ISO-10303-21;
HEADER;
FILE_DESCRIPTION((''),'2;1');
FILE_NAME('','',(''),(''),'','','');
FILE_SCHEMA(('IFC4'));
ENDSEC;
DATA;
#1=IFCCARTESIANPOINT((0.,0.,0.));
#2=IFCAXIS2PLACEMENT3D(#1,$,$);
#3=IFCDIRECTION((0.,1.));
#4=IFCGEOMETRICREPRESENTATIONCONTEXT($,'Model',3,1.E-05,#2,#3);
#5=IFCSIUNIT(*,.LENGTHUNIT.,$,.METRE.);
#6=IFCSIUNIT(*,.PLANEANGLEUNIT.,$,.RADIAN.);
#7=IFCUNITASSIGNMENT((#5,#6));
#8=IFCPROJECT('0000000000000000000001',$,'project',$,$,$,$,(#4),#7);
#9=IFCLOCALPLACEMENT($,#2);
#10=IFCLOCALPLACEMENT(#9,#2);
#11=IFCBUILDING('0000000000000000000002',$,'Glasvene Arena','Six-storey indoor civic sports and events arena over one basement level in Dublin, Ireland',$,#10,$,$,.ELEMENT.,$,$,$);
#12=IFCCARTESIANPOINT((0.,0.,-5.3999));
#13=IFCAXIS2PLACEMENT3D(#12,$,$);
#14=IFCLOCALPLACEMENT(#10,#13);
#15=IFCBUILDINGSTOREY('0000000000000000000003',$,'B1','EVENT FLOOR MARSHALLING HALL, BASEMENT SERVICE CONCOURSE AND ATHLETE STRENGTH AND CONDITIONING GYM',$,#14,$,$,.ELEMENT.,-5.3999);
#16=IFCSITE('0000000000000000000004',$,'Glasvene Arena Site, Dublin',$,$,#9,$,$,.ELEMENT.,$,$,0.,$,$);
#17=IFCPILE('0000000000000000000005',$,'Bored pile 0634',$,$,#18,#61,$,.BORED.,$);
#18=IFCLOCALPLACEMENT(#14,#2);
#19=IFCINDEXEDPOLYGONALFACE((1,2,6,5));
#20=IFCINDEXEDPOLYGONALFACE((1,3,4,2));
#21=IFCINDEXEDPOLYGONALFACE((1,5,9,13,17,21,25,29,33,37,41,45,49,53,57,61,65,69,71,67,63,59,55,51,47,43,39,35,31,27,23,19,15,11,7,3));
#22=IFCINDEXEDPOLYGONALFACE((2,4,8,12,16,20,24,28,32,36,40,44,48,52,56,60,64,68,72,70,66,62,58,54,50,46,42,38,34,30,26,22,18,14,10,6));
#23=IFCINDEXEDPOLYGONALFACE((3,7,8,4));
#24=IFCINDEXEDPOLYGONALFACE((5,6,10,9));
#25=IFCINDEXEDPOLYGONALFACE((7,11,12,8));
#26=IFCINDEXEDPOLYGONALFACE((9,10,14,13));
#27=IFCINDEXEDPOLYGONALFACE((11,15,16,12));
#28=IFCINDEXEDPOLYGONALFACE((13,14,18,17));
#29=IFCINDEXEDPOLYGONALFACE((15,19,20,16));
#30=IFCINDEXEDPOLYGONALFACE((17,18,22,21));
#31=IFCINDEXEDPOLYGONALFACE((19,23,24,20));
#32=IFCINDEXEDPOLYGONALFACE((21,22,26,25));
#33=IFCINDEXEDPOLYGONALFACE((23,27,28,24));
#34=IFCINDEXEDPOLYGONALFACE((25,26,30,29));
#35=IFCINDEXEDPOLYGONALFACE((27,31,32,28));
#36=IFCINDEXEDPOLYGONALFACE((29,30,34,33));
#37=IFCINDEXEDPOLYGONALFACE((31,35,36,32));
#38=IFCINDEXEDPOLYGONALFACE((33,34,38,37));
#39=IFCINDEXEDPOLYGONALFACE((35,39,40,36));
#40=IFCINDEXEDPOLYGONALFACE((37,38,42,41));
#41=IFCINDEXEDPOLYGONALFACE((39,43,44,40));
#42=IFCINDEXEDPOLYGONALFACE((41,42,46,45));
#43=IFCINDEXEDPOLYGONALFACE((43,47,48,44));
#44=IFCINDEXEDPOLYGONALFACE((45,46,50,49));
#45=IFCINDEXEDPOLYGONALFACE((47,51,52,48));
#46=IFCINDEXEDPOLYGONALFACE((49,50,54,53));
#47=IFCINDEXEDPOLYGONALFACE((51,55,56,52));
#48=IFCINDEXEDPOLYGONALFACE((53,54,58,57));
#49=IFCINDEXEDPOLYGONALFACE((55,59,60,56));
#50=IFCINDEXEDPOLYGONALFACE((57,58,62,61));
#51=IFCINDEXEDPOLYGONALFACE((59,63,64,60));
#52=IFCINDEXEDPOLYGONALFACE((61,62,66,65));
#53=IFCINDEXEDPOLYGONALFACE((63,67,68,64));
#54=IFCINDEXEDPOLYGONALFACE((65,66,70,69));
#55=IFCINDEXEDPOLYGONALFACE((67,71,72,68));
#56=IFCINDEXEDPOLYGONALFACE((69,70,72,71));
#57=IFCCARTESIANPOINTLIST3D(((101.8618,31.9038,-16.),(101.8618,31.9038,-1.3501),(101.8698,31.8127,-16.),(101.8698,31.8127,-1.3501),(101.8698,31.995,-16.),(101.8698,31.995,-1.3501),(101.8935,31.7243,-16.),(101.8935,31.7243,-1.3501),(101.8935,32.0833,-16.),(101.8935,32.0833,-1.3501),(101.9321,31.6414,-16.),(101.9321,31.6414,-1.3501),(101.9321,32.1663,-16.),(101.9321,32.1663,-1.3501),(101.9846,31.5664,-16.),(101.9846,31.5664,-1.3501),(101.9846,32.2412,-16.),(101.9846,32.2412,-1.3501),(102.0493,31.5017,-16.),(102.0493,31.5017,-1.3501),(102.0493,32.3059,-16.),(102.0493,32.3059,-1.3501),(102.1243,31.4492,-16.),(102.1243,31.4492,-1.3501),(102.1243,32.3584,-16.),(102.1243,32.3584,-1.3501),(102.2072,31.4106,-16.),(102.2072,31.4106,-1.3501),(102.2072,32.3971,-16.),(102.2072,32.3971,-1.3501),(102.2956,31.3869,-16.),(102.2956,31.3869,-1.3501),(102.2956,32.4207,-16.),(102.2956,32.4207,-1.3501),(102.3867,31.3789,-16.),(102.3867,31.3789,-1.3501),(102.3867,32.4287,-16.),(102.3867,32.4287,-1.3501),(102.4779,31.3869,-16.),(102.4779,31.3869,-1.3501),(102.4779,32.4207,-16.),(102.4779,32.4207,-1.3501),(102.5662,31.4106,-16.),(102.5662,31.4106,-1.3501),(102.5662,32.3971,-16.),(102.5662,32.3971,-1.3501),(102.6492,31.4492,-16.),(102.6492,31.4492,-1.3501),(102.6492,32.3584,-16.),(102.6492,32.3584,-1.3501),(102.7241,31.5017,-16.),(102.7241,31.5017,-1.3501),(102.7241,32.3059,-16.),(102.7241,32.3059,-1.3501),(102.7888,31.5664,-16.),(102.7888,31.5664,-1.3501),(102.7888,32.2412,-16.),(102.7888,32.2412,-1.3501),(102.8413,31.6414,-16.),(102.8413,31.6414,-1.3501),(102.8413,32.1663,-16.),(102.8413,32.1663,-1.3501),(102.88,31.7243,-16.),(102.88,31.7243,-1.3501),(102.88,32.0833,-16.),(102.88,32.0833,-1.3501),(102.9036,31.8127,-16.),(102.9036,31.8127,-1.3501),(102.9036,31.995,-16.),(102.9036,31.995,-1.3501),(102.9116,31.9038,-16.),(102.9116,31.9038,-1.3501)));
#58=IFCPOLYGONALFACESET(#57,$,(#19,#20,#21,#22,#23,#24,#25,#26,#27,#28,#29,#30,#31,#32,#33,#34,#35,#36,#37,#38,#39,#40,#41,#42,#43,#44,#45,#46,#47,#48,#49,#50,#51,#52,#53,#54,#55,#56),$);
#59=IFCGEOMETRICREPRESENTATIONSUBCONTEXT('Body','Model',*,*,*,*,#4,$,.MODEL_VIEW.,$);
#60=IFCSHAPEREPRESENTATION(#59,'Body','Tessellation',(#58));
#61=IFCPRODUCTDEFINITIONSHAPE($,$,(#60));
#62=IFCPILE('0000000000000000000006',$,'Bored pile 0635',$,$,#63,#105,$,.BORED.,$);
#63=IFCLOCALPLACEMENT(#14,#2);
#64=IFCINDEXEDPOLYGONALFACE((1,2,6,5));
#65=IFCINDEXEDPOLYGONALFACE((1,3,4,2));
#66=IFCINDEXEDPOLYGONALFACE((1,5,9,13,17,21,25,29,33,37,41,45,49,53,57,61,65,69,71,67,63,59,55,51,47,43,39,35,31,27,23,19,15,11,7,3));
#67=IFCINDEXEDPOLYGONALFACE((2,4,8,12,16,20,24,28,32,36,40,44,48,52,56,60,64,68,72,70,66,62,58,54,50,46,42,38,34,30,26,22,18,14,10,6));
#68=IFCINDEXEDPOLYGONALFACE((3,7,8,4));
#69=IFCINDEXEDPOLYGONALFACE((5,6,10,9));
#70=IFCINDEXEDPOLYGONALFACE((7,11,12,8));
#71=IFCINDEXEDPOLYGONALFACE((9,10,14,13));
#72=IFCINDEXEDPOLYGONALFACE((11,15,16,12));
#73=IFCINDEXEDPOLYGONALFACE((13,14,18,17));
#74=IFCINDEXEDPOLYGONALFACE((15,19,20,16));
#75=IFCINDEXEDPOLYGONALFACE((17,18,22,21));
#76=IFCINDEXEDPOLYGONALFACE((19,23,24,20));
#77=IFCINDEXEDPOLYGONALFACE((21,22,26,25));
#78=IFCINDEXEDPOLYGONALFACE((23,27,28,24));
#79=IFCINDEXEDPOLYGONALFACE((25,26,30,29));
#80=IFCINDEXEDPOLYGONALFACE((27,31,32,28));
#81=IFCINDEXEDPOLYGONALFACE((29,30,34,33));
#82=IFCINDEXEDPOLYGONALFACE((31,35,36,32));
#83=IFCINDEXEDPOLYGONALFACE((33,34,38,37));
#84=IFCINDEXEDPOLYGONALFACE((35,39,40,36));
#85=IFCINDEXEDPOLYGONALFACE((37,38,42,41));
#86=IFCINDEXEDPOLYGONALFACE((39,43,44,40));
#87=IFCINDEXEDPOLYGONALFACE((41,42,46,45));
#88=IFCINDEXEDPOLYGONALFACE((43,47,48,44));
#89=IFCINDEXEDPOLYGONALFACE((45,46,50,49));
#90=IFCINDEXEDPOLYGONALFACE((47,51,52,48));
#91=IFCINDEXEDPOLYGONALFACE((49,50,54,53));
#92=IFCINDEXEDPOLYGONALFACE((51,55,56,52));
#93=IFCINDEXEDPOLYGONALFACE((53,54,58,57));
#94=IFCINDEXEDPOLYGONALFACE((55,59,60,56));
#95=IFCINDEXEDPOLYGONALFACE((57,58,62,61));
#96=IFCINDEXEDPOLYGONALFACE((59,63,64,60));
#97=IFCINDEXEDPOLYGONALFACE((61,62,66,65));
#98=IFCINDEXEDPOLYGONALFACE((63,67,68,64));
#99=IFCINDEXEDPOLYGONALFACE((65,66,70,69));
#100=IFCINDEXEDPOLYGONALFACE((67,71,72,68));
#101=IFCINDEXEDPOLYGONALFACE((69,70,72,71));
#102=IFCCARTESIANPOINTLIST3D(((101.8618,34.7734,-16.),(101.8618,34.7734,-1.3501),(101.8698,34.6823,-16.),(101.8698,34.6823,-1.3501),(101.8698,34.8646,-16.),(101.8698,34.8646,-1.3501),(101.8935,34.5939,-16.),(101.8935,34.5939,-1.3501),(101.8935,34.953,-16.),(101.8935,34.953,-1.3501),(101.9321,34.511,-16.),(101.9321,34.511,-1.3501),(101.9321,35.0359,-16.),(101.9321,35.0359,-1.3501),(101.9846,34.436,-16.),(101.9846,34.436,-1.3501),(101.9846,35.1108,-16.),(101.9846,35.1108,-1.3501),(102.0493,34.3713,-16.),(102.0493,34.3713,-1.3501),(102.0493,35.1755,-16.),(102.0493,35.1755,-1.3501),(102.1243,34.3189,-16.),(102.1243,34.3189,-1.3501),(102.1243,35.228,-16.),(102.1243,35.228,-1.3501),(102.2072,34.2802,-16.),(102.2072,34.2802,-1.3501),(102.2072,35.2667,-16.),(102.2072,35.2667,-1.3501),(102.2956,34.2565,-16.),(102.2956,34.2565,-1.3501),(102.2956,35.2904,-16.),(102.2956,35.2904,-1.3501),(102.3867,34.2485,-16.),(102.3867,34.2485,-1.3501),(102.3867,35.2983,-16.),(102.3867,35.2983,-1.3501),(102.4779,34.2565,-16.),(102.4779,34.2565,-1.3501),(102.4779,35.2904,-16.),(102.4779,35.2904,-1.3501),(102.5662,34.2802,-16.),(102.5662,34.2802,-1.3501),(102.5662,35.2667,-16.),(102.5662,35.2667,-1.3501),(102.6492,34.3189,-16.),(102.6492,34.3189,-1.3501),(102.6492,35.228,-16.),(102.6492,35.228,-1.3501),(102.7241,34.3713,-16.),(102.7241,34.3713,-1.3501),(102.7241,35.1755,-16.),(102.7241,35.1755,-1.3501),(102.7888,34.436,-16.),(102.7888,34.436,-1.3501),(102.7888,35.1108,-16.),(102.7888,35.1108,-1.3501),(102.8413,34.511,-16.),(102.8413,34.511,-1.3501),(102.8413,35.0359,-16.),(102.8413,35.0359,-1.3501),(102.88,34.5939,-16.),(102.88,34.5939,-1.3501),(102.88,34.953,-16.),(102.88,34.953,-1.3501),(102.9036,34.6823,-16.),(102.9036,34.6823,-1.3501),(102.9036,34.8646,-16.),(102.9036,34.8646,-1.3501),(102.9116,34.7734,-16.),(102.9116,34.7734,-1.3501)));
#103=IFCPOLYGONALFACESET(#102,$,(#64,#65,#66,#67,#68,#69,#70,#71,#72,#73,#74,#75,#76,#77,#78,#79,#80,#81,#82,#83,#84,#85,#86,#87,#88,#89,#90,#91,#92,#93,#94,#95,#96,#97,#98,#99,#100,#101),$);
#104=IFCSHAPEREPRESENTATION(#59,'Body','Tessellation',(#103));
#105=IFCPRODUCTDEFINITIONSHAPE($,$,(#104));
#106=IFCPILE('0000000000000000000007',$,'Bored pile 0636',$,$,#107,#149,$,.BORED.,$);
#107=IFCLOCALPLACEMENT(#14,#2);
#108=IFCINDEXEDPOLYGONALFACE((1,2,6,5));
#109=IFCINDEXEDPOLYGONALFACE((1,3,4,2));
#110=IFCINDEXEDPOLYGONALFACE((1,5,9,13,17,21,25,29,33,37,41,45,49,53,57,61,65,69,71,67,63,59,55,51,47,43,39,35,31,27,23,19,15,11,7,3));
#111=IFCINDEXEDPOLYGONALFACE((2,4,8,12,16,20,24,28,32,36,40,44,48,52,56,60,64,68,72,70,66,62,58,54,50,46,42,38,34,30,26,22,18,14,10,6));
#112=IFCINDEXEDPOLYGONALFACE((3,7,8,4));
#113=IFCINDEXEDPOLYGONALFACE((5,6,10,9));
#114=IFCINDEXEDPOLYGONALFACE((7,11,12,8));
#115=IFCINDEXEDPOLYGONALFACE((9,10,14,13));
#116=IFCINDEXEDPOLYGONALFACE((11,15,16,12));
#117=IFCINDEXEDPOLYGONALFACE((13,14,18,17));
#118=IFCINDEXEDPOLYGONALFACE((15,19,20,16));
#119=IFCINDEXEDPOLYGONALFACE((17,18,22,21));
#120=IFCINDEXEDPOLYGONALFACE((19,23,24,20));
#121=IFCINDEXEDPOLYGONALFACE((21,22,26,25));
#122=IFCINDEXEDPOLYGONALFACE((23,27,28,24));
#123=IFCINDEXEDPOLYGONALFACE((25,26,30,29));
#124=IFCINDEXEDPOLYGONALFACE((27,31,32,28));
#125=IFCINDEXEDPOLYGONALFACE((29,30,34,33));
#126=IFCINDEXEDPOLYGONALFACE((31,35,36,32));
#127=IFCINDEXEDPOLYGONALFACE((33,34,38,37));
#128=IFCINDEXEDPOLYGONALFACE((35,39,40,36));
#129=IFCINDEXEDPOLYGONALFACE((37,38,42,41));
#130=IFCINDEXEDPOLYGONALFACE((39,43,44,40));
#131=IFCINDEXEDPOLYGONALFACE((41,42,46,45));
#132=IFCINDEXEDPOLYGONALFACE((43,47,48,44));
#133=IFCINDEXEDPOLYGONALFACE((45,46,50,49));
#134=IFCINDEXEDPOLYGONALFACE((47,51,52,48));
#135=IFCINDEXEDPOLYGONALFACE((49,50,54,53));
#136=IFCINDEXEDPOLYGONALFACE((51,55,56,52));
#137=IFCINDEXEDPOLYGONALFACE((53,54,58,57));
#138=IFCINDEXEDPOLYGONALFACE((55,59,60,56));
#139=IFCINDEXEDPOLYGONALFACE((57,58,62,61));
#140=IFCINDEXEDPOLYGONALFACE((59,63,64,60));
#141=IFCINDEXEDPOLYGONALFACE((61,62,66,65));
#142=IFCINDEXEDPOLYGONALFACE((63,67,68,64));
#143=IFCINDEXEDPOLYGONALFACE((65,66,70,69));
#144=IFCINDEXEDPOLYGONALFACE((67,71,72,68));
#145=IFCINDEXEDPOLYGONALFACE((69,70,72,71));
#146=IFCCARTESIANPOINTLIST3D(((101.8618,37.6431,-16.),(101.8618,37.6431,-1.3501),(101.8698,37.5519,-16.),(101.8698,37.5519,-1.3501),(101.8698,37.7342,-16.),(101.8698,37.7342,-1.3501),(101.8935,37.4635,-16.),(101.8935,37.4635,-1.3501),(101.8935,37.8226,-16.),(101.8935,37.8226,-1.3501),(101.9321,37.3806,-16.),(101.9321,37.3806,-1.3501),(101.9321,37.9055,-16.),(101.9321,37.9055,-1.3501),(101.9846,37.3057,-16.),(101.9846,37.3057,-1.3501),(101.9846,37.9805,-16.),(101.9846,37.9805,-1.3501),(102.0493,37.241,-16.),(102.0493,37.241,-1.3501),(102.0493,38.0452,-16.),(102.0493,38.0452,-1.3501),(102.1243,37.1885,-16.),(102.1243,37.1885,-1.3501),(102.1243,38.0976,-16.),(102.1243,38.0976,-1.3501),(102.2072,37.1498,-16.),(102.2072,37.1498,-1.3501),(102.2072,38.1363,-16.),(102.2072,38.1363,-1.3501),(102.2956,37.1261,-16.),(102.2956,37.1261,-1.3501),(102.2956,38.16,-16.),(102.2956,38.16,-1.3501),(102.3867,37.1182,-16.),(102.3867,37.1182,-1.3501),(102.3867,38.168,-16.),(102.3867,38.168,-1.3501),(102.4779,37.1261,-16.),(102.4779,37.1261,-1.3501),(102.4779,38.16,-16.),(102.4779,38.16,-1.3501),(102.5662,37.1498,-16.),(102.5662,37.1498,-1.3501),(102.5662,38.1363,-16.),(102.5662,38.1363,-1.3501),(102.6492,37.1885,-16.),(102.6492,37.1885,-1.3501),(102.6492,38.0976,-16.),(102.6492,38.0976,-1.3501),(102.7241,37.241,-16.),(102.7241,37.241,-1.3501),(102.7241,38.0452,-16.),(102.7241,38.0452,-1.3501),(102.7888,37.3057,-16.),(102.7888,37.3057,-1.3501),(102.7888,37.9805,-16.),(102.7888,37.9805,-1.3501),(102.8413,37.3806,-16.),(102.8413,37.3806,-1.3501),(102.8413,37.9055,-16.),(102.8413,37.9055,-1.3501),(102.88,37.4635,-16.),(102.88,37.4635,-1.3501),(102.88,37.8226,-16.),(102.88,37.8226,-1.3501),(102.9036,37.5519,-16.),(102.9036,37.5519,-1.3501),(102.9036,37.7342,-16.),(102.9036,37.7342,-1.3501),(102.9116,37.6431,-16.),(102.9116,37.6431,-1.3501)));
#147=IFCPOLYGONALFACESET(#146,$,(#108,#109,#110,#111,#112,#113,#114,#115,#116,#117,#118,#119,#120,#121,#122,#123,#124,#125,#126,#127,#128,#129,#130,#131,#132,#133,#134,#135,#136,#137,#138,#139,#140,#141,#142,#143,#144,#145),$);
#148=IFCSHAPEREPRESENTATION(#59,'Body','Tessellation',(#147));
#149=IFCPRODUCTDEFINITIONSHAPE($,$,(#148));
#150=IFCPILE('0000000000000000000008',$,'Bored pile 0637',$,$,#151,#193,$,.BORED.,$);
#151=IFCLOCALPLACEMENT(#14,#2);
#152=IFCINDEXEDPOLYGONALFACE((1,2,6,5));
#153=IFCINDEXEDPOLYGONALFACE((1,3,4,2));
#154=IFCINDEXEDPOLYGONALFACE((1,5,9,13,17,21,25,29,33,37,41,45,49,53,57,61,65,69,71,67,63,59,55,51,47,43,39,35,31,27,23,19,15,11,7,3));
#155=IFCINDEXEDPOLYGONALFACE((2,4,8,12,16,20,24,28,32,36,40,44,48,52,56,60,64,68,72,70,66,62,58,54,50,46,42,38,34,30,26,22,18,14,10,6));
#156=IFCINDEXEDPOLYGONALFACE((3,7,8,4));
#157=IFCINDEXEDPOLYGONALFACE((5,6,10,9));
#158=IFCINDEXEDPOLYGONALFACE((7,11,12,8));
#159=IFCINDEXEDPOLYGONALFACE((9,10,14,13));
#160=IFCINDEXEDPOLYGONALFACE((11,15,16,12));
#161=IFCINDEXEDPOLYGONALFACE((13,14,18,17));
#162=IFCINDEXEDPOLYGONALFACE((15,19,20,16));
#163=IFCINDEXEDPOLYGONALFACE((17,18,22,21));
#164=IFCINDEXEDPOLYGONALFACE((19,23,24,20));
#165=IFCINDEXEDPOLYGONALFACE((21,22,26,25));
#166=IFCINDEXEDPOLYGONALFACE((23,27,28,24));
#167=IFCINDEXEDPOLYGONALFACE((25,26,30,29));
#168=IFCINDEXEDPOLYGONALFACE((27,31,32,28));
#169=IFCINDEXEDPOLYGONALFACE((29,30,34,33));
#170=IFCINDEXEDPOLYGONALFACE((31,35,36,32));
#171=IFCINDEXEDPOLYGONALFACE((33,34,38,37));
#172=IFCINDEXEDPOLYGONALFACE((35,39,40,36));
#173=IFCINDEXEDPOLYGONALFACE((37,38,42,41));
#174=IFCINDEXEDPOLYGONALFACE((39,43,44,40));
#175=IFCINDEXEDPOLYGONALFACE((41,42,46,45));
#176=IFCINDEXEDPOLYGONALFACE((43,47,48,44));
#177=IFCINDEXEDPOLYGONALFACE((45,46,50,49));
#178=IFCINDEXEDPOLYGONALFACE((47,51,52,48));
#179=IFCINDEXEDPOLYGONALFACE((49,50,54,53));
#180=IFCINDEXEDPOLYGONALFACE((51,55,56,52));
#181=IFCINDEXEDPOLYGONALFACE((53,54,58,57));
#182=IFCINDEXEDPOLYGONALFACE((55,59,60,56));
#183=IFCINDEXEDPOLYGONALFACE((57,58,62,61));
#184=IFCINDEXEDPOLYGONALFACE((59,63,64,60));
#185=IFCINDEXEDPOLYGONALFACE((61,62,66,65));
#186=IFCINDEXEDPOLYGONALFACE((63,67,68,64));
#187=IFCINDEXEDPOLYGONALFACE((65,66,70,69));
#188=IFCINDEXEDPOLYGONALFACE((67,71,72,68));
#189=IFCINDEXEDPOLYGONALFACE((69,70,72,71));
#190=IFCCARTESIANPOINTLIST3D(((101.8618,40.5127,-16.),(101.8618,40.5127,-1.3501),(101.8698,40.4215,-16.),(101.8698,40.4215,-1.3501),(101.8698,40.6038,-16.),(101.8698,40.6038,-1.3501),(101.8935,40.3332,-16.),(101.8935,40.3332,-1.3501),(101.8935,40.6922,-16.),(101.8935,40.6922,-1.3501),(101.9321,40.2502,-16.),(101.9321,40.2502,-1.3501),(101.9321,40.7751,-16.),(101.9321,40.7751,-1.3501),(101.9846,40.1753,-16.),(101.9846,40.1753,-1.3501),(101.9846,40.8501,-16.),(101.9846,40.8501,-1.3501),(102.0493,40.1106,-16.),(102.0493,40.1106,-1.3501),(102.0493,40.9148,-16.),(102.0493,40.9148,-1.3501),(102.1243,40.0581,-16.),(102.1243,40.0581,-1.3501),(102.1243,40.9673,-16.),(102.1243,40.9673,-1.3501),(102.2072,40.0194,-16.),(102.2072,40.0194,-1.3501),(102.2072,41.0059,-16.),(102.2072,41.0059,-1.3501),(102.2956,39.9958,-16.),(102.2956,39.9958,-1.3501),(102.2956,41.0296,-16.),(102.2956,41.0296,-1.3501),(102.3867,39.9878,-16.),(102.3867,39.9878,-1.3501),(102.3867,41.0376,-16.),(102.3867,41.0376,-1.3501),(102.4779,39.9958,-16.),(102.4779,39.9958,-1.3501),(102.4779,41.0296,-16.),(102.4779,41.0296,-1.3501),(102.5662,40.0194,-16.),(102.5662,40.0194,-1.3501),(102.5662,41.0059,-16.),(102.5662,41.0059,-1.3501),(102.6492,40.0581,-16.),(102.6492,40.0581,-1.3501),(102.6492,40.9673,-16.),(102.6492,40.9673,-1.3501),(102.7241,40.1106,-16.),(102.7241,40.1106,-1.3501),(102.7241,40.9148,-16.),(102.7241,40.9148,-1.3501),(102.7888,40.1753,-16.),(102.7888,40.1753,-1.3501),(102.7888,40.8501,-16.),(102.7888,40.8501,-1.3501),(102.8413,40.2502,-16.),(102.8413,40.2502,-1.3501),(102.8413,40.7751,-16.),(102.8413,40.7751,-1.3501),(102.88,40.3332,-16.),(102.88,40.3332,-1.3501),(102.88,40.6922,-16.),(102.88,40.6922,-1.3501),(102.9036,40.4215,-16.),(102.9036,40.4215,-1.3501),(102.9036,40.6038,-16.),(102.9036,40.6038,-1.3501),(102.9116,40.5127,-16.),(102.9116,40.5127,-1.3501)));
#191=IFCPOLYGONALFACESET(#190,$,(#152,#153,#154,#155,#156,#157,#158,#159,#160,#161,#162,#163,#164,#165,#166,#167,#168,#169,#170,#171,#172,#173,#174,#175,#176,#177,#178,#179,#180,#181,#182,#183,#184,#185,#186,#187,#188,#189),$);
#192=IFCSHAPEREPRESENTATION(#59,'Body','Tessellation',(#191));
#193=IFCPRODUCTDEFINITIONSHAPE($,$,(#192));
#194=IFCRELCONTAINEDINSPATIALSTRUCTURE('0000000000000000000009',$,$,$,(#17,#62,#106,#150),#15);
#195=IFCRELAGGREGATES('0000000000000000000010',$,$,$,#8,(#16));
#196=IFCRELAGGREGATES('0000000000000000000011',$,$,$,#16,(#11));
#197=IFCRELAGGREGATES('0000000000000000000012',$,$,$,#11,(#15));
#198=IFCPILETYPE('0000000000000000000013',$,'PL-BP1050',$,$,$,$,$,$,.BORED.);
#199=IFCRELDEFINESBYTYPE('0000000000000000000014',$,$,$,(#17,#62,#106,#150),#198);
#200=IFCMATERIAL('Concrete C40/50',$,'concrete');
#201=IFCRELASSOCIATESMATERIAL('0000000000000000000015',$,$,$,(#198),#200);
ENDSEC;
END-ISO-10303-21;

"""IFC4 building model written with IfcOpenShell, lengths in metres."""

from ifc_helpers import new_model, si_unit, direction, frame, origin, origin_2d, place, context, subcontext, project, spatial, circle, extrude, material, material_profile, profile_set, type_object, element, save


model = new_model("IFC4")

# Units and contexts
model_context = context("Model", 3, precision=1e-05, world=origin(), true_north=direction((0.0, 1.0)))
body_context = subcontext(model_context, "Body", "Model", "MODEL_VIEW")
ifc_project = project(units=[si_unit("LENGTHUNIT", "METRE"), si_unit("PLANEANGLEUNIT", "RADIAN")], contexts=[model_context])

# Site, building, storey
site_placement = place(None, origin())
site = spatial("IfcSite", under=ifc_project, at=site_placement, Name="Glasvene Arena Site, Dublin", CompositionType="ELEMENT", RefElevation=0.0)
building_placement = place(site_placement, origin())
building = spatial("IfcBuilding", under=site, at=building_placement, Name="Glasvene Arena", Description="Six-storey indoor civic sports and events arena over one basement level in Dublin, Ireland", CompositionType="ELEMENT")
storey_placement = place(building_placement, frame((0.0, 0.0, -5.3999)))
storey = spatial("IfcBuildingStorey", under=building, at=storey_placement, Name="B1", Description="EVENT FLOOR MARSHALLING HALL, BASEMENT SERVICE CONCOURSE AND ATHLETE STRENGTH AND CONDITIONING GYM", CompositionType="ELEMENT", Elevation=-5.3999)

# Piles
ifc_material_1 = material(Name="Concrete C40/50", Category="concrete")
ifc_material_profile_1 = material_profile(ifc_material_1, circle(Radius=0.5249, at=origin_2d()), Name="BORED PILE 1050")
ifc_profile_set_1 = profile_set([ifc_material_profile_1], Name="Concrete C40/50")
pile_type = type_object("IfcPileType", Name="PL-BP1050", PredefinedType="BORED", material=ifc_profile_set_1)
for number, where, z_axis, x_axis, name in (
    (1, (102.3867, 31.9038, -1.3501), (0.0, 0.0, -1.0), (1.0, 0.0, 0.0), "Bored pile 0634"),
    (2, (102.3867, 34.7734, -1.3501), (0.0, 0.0, -1.0), (1.0, 0.0, 0.0), "Bored pile 0635"),
    (3, (102.3867, 37.6431, -1.3501), (0.0, 0.0, -1.0), (1.0, 0.0, 0.0), "Bored pile 0636"),
    (4, (102.3867, 40.5127, -1.3501), (0.0, 0.0, -1.0), (1.0, 0.0, 0.0), "Bored pile 0637"),
):
    element("IfcPile", number, at=place(storey_placement, frame(where, z_axis=z_axis, x_axis=x_axis)), inside=storey, type_object=pile_type, Name=name, PredefinedType="BORED", context=body_context, shape_type="SweptSolid", body=[
        extrude(circle(Radius=0.5249, at=origin_2d()), origin(), (0.0, 0.0, 1.0), 14.6499),
    ])

save(model, "model.ifc")
